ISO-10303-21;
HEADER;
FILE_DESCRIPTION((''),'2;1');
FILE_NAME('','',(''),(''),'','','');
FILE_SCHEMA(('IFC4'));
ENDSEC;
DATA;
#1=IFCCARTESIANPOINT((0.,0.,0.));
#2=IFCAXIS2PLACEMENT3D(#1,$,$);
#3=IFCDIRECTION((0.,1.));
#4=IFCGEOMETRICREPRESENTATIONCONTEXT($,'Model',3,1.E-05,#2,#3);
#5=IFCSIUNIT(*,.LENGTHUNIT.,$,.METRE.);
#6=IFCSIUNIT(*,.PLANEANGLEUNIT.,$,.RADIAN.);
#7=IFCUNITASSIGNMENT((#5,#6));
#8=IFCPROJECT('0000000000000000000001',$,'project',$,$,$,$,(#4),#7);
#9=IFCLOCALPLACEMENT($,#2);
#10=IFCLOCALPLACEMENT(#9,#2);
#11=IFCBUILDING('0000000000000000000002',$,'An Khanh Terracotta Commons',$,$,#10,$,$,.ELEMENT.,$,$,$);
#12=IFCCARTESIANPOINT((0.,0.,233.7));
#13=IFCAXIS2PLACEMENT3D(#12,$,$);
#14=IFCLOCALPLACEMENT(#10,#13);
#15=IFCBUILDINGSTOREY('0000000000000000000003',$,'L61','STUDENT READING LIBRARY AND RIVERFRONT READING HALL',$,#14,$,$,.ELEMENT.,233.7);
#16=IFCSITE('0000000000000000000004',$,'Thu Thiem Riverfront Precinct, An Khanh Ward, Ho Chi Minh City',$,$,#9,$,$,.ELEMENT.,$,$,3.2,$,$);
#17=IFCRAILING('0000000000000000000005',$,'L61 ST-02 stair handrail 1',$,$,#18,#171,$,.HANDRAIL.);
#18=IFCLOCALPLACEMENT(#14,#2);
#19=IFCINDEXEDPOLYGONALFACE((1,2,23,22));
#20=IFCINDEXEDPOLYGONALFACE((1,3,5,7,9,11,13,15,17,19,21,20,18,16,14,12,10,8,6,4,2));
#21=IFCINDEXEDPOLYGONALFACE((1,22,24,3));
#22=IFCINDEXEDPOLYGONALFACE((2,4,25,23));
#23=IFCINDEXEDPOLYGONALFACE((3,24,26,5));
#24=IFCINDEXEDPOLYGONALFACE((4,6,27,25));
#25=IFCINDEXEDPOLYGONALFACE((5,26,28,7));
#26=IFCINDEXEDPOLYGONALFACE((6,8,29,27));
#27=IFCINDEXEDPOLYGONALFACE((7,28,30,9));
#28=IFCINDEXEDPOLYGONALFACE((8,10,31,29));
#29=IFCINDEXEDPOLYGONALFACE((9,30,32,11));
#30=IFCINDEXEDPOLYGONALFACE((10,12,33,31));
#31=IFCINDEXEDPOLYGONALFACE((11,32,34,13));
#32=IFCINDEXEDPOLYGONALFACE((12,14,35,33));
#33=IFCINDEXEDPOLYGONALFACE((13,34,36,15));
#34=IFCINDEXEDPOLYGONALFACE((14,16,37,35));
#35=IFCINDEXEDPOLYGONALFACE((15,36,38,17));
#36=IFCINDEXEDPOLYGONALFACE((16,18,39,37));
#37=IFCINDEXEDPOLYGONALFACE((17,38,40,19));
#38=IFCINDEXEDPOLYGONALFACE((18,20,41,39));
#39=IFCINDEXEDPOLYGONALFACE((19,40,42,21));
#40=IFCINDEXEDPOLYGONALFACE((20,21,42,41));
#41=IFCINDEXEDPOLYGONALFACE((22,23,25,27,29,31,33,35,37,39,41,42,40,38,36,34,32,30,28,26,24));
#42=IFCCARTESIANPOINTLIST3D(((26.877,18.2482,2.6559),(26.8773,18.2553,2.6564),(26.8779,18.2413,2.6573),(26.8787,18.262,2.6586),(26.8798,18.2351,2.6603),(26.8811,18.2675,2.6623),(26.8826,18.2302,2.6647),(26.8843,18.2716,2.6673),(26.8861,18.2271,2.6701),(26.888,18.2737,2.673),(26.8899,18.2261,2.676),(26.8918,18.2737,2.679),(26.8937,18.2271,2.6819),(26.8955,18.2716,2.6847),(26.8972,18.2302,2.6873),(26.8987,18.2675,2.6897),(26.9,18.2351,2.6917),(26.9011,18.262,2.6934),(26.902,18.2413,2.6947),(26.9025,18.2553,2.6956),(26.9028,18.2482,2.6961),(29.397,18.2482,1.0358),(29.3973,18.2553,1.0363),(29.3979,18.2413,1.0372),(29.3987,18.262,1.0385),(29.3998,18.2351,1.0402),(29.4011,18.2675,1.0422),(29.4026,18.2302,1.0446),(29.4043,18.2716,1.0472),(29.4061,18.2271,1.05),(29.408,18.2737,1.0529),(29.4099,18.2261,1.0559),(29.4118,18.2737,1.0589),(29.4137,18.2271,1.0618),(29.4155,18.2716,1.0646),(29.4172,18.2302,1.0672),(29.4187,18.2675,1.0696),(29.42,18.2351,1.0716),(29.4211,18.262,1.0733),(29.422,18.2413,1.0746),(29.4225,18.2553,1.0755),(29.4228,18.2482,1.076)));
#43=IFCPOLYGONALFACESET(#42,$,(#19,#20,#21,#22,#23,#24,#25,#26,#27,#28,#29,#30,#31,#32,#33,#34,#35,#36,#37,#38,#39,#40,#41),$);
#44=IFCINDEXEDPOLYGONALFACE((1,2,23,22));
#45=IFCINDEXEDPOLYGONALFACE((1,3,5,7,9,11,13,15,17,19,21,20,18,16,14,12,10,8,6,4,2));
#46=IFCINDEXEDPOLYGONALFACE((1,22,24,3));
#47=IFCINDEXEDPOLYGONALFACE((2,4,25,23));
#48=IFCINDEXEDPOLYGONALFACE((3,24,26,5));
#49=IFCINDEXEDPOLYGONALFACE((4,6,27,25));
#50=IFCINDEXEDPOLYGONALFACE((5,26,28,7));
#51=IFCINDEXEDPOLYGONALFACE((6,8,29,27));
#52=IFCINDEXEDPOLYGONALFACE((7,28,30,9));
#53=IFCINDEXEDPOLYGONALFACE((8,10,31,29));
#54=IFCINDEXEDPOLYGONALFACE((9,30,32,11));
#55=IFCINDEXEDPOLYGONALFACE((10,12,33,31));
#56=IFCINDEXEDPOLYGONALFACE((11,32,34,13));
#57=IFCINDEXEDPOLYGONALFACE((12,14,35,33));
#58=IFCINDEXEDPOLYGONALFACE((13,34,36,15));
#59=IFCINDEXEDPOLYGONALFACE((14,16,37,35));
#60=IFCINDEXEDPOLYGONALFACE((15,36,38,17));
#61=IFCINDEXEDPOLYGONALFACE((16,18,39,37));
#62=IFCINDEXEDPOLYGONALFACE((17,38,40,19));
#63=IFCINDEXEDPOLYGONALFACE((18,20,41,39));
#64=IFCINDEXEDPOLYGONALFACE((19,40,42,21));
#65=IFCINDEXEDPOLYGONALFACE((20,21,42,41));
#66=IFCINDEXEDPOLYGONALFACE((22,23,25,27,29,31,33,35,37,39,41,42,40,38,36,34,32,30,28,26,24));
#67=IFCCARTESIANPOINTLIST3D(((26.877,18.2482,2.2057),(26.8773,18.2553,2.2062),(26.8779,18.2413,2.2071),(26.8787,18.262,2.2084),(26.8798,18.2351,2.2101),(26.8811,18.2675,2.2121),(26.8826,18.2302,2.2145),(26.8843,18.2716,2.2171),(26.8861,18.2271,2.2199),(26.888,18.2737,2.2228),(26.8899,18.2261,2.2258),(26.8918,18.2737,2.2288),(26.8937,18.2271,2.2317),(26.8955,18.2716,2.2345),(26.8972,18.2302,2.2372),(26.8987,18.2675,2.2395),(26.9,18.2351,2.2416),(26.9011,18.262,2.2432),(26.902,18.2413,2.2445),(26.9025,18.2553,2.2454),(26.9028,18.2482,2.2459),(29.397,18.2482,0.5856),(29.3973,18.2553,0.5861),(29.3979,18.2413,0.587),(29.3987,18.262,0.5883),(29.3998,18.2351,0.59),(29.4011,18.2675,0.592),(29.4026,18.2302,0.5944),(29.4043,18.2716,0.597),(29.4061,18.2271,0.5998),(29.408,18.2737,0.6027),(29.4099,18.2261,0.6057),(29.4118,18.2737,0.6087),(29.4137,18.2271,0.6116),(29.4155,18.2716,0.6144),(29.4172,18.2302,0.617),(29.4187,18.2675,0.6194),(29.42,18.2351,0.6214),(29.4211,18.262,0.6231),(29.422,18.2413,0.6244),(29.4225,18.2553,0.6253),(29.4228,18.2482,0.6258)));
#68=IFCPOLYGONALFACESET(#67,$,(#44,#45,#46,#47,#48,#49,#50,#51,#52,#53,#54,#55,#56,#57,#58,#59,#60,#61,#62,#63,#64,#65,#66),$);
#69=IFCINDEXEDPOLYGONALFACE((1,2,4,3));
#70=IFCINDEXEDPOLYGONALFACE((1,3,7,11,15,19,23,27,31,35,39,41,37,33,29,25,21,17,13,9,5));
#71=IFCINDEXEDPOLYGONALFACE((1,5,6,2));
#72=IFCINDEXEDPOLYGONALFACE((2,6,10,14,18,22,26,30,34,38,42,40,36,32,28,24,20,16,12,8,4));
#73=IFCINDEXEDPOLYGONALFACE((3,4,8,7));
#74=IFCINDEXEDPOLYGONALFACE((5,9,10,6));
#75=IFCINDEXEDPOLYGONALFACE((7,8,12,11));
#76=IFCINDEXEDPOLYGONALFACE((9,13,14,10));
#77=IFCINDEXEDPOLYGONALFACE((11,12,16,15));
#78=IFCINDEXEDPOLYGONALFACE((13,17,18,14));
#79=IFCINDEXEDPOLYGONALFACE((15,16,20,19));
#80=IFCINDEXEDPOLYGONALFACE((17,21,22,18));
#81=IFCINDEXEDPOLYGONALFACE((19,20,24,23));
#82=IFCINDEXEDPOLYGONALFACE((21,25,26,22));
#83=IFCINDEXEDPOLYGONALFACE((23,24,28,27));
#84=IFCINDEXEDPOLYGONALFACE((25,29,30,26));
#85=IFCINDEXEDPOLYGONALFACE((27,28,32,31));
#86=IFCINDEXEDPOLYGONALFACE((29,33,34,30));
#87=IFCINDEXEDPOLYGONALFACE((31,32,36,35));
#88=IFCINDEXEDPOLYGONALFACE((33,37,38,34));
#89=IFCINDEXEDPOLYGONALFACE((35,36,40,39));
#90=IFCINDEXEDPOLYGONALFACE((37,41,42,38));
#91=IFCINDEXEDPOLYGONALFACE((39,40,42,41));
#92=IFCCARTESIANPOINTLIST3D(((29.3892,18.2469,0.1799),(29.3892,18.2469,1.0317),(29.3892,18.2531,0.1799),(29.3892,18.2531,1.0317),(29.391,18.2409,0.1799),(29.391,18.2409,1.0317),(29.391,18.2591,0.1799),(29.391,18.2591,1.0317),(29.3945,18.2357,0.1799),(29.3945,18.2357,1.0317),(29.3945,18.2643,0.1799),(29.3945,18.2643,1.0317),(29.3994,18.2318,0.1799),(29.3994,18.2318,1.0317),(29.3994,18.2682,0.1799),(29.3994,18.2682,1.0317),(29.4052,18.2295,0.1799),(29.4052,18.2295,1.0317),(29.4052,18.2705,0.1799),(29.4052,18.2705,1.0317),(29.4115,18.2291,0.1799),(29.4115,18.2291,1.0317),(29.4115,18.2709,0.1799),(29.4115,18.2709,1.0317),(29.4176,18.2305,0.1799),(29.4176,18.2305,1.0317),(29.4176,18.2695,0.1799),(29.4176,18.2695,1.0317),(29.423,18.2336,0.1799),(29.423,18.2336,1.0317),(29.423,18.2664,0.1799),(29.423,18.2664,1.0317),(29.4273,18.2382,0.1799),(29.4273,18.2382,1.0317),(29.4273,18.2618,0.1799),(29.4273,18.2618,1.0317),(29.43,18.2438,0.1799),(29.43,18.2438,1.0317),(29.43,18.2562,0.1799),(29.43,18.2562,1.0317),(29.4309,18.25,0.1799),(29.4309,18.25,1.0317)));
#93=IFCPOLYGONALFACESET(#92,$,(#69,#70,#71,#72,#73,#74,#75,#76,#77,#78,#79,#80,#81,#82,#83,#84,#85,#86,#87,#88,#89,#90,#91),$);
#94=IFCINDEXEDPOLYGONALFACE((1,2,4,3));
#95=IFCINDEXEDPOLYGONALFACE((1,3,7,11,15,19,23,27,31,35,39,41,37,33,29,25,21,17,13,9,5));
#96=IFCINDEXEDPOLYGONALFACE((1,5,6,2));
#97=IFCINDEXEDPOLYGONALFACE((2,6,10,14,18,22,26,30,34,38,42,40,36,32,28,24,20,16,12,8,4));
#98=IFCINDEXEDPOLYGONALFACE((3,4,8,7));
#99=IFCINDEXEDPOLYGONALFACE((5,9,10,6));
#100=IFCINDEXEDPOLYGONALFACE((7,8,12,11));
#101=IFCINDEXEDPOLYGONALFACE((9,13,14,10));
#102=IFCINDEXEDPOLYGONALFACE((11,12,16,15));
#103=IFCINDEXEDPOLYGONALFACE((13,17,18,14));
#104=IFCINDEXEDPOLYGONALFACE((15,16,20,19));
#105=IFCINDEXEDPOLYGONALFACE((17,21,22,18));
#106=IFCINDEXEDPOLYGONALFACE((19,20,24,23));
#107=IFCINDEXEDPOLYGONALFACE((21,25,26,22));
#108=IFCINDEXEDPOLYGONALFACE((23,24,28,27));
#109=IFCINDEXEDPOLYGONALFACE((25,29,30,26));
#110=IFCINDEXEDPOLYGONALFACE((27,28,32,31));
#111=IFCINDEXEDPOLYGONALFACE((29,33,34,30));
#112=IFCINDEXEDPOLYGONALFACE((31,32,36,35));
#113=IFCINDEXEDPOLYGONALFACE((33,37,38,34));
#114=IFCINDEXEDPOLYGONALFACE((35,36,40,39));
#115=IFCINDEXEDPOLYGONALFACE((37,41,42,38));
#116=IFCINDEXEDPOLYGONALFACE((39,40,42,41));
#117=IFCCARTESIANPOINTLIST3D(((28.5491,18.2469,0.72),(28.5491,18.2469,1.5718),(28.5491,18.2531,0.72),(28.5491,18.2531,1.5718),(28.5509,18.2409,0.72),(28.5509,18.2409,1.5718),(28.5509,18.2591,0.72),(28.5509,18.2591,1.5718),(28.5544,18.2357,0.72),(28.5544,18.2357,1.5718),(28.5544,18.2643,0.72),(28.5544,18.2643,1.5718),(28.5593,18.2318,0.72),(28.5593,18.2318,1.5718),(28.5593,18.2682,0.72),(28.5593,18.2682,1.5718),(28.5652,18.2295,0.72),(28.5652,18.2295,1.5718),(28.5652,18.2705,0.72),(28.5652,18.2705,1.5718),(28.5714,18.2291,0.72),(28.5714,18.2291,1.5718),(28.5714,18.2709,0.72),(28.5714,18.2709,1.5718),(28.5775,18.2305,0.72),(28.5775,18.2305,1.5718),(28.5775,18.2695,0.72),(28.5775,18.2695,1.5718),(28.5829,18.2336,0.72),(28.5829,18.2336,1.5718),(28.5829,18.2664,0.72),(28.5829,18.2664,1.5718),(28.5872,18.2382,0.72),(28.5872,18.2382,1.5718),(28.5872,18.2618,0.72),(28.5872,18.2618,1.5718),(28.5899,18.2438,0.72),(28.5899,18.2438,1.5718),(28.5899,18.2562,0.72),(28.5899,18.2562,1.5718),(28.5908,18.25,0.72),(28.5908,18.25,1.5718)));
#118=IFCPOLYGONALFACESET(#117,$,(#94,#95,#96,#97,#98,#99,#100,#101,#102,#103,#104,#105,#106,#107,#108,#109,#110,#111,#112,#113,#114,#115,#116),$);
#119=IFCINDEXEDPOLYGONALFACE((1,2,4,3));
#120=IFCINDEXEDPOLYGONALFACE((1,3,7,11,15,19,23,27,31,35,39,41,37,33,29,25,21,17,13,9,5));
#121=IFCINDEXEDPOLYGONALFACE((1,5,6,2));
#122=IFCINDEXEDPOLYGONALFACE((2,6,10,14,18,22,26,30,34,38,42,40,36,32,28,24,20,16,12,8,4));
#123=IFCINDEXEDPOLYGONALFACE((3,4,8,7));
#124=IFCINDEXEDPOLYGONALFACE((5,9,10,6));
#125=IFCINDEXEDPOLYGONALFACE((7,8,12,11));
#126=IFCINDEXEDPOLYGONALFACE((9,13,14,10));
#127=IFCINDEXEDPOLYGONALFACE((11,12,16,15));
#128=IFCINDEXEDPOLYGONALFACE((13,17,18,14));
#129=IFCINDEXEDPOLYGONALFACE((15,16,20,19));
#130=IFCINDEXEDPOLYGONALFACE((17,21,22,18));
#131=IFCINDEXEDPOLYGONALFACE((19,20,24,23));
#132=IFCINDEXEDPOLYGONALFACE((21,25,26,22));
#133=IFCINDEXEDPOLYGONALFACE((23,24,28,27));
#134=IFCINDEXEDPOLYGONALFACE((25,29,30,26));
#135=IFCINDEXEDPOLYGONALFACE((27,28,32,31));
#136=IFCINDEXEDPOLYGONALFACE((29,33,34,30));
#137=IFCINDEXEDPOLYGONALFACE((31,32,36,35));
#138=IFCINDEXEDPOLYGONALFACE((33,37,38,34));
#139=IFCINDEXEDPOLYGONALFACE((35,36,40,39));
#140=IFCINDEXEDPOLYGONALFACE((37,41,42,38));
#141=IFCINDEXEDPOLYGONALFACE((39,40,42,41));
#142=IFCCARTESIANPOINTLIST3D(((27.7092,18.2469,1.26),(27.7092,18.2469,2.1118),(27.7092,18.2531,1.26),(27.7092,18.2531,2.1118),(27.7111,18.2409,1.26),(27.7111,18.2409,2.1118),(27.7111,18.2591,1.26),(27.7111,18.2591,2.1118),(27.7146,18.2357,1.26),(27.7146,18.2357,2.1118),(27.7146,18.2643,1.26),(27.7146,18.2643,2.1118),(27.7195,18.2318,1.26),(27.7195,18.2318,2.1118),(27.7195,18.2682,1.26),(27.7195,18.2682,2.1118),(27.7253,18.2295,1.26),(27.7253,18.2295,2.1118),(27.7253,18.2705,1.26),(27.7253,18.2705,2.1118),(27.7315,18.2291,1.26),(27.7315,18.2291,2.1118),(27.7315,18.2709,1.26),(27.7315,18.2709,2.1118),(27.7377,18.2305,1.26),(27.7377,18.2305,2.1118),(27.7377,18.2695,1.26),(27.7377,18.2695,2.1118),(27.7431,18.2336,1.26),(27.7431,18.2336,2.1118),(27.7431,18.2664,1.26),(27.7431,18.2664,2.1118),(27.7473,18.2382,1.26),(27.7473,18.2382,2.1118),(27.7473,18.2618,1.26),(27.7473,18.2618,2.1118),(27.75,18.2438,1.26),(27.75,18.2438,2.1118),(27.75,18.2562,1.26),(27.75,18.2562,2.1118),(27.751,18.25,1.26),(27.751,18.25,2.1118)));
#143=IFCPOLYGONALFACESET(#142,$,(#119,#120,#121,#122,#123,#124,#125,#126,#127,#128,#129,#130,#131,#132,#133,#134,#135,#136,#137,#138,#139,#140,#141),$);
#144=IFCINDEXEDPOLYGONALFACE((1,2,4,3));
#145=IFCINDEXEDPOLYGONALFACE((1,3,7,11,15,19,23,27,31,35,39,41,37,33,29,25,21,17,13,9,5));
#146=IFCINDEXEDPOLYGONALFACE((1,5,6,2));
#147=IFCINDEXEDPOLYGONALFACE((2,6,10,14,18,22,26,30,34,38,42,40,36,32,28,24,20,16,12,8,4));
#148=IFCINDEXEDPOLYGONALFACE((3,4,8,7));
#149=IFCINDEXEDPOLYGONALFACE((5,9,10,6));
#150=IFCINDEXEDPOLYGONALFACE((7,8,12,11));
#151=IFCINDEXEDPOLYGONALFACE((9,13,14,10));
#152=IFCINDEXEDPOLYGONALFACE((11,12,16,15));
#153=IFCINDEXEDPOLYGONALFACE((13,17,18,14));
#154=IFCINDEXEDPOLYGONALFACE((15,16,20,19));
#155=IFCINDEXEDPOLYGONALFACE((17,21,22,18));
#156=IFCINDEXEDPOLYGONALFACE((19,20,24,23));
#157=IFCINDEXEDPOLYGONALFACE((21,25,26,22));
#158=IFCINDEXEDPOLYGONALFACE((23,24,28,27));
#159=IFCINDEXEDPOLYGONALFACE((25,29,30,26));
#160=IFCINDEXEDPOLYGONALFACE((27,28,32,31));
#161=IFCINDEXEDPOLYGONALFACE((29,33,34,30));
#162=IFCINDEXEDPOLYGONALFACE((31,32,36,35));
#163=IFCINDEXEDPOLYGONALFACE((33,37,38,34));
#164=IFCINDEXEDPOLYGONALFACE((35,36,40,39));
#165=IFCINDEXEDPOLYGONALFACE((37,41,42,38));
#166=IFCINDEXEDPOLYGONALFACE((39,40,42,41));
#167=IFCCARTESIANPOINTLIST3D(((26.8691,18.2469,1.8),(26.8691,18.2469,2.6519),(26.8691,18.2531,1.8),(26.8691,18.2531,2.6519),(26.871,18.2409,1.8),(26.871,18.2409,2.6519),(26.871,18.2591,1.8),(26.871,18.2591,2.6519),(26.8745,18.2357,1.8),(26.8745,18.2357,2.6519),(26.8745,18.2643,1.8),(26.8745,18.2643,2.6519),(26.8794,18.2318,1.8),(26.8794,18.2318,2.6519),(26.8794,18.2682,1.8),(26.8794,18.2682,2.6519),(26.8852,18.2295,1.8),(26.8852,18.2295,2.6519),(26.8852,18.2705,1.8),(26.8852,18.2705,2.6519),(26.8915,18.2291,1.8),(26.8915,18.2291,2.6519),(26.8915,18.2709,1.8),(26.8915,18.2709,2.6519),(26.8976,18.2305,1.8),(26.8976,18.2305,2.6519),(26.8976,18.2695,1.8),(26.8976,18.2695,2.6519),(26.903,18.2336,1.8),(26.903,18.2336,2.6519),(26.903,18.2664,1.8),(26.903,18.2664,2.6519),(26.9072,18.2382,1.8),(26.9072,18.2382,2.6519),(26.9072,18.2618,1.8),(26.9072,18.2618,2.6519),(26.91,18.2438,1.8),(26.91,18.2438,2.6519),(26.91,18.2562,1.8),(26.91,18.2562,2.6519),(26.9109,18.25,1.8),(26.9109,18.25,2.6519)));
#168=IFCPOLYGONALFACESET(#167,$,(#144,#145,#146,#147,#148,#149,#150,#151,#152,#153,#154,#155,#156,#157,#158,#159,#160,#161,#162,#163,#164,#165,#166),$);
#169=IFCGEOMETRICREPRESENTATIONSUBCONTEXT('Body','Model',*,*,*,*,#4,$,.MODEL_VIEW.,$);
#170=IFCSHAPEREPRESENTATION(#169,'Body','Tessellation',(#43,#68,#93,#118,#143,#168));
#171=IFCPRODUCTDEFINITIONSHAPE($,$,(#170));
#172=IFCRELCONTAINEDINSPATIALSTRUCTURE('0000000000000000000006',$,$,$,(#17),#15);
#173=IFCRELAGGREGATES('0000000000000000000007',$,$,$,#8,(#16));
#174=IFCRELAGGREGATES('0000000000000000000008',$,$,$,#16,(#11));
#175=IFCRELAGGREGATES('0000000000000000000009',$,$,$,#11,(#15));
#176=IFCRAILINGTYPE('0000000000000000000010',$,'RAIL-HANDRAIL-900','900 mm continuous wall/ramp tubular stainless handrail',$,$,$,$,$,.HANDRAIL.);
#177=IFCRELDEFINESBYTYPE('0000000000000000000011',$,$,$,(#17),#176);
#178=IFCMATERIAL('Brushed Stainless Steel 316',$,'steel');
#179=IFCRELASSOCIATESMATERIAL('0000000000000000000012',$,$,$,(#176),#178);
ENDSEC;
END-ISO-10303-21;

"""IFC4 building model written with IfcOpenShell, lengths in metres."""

from ifc_helpers import new_model, si_unit, direction, frame, origin, origin_2d, place, context, subcontext, project, spatial, circle, extrude, material, type_object, element, save


model = new_model("IFC4")

# Units and contexts
model_context = context("Model", 3, precision=1e-05, world=origin(), true_north=direction((0.0, 1.0)))
body_context = subcontext(model_context, "Body", "Model", "MODEL_VIEW")
ifc_project = project(units=[si_unit("LENGTHUNIT", "METRE"), si_unit("PLANEANGLEUNIT", "RADIAN")], contexts=[model_context])

# Site, building, storey
site_placement = place(None, origin())
site = spatial("IfcSite", under=ifc_project, at=site_placement, Name="Thu Thiem Riverfront Precinct, An Khanh Ward, Ho Chi Minh City", CompositionType="ELEMENT", RefElevation=3.2)
building_placement = place(site_placement, origin())
building = spatial("IfcBuilding", under=site, at=building_placement, Name="An Khanh Terracotta Commons", CompositionType="ELEMENT")
storey_placement = place(building_placement, frame((0.0, 0.0, 233.7)))
storey = spatial("IfcBuildingStorey", under=building, at=storey_placement, Name="L61", Description="STUDENT READING LIBRARY AND RIVERFRONT READING HALL", CompositionType="ELEMENT", Elevation=233.7)

# Railing
ifc_material_1 = material(Name="Brushed Stainless Steel 316", Category="steel")
railing_type_1 = type_object("IfcRailingType", Name="RAIL-HANDRAIL-900", Description="900 mm continuous wall/ramp tubular stainless handrail", PredefinedType="HANDRAIL", material=ifc_material_1)
railing_1_placement = place(storey_placement, frame((29.4099, 18.25, 0.1799)))
element("IfcRailing", 1, at=railing_1_placement, inside=storey, type_object=railing_type_1, Name="L61 ST-02 stair handrail 1", PredefinedType="HANDRAIL", context=body_context, shape_type="SweptSolid", body=[
    extrude(circle(Radius=0.0239, at=origin_2d()), frame((0.0, 0.0, 0.876), z_axis=(-0.841163, 0.0, 0.540782), x_axis=(0.0, -1.0, 0.0)), (0.0, 0.0, 1.0), 2.9958),
    extrude(circle(Radius=0.0239, at=origin_2d()), frame((0.0, 0.0, 0.4258), z_axis=(-0.841163, 0.0, 0.540782), x_axis=(0.0, -1.0, 0.0)), (0.0, 0.0, 1.0), 2.9958),
    extrude(circle(Radius=0.021, at=origin_2d()), origin(), (0.0, 0.0, 1.0), 0.8518),
    extrude(circle(Radius=0.021, at=origin_2d()), frame((-0.8401, 0.0, 0.54)), (0.0, 0.0, 1.0), 0.8518),
    extrude(circle(Radius=0.021, at=origin_2d()), frame((-1.6799, 0.0, 1.0801)), (0.0, 0.0, 1.0), 0.8518),
    extrude(circle(Radius=0.021, at=origin_2d()), frame((-2.52, 0.0, 1.6201)), (0.0, 0.0, 1.0), 0.8518),
])

save(model, "model.ifc")
